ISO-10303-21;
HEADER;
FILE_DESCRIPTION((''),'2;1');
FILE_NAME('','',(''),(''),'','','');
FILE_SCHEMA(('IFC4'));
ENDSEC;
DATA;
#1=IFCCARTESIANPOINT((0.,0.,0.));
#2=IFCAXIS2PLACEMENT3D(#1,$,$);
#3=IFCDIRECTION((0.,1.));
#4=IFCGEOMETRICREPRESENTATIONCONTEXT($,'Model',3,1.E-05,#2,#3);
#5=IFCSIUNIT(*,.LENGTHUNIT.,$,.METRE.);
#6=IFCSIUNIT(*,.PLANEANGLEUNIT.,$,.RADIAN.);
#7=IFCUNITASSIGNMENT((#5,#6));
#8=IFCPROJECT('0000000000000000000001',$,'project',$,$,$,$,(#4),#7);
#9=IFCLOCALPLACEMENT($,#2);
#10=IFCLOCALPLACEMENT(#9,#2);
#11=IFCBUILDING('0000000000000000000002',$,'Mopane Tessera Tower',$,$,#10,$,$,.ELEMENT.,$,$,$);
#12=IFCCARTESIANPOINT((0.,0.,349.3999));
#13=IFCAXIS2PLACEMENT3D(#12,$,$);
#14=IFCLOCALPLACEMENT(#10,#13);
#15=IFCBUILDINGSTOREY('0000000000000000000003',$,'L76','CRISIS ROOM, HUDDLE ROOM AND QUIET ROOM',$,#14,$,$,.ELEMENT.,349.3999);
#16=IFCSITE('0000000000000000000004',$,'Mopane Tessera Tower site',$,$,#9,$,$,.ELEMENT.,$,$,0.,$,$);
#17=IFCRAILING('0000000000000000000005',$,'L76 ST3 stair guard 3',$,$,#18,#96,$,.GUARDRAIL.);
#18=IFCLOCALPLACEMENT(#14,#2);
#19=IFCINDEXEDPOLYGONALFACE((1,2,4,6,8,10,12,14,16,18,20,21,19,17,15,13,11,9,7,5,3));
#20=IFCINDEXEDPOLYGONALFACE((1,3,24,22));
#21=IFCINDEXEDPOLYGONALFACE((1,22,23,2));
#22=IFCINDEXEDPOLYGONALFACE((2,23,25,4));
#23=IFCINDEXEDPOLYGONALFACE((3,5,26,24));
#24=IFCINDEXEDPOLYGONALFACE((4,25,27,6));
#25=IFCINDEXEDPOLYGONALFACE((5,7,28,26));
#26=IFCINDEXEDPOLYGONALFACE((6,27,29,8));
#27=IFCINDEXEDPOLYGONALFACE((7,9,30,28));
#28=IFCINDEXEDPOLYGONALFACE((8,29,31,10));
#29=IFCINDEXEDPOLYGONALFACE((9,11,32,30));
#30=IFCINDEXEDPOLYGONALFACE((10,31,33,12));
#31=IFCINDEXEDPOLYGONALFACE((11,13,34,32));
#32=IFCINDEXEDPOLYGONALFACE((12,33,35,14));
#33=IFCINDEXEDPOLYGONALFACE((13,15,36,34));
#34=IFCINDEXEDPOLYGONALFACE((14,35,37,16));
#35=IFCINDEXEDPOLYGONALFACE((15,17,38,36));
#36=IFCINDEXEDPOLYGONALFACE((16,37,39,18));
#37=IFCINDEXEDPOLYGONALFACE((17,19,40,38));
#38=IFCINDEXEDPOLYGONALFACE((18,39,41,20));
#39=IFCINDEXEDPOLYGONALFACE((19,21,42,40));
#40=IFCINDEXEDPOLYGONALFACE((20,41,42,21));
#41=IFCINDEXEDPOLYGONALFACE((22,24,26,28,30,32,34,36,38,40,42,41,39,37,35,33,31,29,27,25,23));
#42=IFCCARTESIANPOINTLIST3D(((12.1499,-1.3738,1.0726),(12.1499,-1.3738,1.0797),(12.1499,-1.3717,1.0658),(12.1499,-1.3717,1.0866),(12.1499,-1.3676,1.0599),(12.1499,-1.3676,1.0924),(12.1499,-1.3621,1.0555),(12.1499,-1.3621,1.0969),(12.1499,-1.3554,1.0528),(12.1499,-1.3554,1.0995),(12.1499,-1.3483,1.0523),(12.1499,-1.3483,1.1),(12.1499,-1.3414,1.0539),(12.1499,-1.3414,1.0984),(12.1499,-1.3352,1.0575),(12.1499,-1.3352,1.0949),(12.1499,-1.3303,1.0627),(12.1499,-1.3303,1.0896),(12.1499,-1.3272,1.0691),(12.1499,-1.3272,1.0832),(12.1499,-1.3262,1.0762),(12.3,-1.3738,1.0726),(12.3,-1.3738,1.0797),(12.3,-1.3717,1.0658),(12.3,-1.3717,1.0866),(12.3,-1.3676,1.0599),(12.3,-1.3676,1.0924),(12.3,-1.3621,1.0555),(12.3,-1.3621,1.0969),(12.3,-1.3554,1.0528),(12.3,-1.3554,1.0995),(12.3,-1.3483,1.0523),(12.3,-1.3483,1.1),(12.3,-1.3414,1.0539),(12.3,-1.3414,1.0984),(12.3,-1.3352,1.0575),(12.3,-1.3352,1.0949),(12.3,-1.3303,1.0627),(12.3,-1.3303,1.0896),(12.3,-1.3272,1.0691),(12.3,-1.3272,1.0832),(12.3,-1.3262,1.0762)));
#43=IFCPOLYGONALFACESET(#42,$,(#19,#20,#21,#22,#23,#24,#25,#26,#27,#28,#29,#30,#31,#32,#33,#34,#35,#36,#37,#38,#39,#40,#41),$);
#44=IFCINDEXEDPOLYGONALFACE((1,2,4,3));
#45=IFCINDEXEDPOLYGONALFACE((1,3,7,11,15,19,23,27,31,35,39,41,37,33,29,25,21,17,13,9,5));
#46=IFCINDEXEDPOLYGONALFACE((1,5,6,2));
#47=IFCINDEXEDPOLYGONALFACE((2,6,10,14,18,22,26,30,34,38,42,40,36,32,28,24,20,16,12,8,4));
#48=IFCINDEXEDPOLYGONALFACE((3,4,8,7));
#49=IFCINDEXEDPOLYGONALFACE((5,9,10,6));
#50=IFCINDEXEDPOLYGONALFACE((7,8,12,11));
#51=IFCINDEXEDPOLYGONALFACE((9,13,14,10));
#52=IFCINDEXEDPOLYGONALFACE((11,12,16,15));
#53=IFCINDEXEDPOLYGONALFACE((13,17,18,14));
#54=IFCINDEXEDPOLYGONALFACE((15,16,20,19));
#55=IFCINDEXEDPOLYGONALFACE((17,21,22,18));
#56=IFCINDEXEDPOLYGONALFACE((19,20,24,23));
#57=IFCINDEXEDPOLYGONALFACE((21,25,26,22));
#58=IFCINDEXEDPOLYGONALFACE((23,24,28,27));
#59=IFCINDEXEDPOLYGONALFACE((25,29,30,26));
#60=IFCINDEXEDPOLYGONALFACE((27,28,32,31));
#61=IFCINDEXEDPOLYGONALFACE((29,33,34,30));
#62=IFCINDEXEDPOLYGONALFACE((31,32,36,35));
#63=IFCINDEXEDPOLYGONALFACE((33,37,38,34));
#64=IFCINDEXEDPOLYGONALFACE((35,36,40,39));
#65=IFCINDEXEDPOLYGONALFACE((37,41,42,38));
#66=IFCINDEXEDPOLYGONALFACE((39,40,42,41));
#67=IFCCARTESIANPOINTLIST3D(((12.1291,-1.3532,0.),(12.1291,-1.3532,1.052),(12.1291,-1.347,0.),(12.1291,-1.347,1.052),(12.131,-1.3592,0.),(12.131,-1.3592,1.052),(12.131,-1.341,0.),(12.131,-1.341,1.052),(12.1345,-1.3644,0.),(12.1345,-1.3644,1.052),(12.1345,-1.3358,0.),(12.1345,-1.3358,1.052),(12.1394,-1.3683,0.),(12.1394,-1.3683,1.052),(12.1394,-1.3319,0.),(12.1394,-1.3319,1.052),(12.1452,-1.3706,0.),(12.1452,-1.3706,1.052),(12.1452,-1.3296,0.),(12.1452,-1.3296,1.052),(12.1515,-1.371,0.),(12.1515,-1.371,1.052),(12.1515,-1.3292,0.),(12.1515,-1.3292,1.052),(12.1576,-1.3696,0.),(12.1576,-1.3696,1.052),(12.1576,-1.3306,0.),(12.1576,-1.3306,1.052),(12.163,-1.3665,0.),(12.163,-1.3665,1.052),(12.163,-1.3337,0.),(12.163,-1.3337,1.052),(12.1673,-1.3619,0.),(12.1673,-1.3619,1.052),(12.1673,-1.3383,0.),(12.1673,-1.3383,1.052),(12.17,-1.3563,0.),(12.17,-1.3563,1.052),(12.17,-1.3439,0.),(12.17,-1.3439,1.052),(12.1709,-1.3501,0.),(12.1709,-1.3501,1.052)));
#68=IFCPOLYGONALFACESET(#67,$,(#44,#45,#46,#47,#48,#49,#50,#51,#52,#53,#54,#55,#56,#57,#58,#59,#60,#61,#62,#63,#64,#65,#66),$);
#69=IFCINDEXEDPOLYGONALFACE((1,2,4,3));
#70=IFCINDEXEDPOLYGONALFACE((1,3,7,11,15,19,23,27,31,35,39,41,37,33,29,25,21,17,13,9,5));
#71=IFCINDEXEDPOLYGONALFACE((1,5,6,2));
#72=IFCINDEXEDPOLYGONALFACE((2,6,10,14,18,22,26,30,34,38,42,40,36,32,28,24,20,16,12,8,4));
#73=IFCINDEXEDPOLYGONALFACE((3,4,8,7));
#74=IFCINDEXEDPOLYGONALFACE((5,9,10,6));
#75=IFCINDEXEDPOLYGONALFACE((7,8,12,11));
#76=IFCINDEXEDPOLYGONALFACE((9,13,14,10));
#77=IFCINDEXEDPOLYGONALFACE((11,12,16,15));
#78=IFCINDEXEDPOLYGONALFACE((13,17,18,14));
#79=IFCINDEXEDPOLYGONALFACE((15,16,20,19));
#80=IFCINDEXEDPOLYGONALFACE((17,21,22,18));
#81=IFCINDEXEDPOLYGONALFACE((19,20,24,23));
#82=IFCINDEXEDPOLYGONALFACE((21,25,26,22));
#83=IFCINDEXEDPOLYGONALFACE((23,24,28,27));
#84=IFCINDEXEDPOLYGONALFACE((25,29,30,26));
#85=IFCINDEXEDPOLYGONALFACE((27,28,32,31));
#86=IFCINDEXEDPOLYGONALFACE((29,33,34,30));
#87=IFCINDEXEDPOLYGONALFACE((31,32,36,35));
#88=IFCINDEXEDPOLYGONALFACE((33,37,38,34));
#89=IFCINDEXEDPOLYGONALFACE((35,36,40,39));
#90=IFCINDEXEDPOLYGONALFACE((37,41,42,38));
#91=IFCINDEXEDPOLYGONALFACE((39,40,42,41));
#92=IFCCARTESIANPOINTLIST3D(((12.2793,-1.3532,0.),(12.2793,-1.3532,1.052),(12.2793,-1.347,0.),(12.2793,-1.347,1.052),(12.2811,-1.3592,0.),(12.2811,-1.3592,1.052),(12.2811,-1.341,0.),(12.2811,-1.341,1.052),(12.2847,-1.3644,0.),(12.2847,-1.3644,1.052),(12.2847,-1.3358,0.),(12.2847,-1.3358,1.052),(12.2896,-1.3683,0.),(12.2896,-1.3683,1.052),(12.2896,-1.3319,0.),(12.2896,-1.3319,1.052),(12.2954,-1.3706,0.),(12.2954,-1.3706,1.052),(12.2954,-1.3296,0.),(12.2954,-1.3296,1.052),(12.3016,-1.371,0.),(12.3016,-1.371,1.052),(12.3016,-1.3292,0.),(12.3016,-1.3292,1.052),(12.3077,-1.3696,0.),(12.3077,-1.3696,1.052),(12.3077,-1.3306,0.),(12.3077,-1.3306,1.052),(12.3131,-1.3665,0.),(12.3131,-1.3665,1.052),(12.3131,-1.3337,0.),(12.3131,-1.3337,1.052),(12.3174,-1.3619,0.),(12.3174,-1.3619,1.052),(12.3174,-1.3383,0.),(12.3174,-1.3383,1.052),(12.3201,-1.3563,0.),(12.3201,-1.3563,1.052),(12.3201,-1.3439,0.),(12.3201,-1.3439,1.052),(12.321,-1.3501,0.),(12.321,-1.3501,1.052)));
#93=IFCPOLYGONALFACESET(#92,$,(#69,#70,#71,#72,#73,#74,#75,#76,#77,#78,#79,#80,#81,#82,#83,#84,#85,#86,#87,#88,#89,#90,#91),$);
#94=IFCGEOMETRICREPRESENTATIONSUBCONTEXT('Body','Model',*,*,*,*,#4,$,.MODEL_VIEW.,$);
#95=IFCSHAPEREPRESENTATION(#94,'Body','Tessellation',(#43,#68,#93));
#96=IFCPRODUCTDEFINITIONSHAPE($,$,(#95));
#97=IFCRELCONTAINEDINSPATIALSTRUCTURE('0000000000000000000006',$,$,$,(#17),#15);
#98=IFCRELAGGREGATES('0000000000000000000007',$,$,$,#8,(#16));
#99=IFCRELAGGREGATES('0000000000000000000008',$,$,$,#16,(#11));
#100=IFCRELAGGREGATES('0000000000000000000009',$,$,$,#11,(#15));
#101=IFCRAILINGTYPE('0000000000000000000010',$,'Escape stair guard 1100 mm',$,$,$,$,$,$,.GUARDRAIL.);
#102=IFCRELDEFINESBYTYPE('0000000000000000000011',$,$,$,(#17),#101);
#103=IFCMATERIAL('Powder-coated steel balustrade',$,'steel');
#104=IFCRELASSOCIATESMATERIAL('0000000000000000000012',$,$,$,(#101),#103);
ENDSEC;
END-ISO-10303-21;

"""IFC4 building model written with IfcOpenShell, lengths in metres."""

from ifc_helpers import new_model, si_unit, direction, frame, origin, origin_2d, place, context, subcontext, project, spatial, circle, extrude, material, type_object, element, save


model = new_model("IFC4")

# Units and contexts
model_context = context("Model", 3, precision=1e-05, world=origin(), true_north=direction((0.0, 1.0)))
body_context = subcontext(model_context, "Body", "Model", "MODEL_VIEW")
ifc_project = project(units=[si_unit("LENGTHUNIT", "METRE"), si_unit("PLANEANGLEUNIT", "RADIAN")], contexts=[model_context])

# Site, building, storey
site_placement = place(None, origin())
site = spatial("IfcSite", under=ifc_project, at=site_placement, Name="Mopane Tessera Tower site", CompositionType="ELEMENT", RefElevation=0.0)
building_placement = place(site_placement, origin())
building = spatial("IfcBuilding", under=site, at=building_placement, Name="Mopane Tessera Tower", CompositionType="ELEMENT")
storey_placement = place(building_placement, frame((0.0, 0.0, 349.3999)))
storey = spatial("IfcBuildingStorey", under=building, at=storey_placement, Name="L76", Description="CRISIS ROOM, HUDDLE ROOM AND QUIET ROOM", CompositionType="ELEMENT", Elevation=349.3999)

# Railing
ifc_material_1 = material(Name="Powder-coated steel balustrade", Category="steel")
railing_type_1 = type_object("IfcRailingType", Name="Escape stair guard 1100 mm", PredefinedType="GUARDRAIL", material=ifc_material_1)
railing_1_placement = place(storey_placement, frame((12.1499, -1.3501, 0.0)))
element("IfcRailing", 1, at=railing_1_placement, inside=storey, type_object=railing_type_1, Name="L76 ST3 stair guard 3", PredefinedType="GUARDRAIL", context=body_context, shape_type="SweptSolid", body=[
    extrude(circle(Radius=0.0239, at=origin_2d()), frame((0.0, 0.0, 1.0762), z_axis=(1.0, 0.0, 0.0), x_axis=(0.0, 1.0, 0.0)), (0.0, 0.0, 1.0), 0.1501),
    extrude(circle(Radius=0.021, at=origin_2d()), origin(), (0.0, 0.0, 1.0), 1.052),
    extrude(circle(Radius=0.021, at=origin_2d()), frame((0.1501, 0.0, 0.0)), (0.0, 0.0, 1.0), 1.052),
])

save(model, "model.ifc")
